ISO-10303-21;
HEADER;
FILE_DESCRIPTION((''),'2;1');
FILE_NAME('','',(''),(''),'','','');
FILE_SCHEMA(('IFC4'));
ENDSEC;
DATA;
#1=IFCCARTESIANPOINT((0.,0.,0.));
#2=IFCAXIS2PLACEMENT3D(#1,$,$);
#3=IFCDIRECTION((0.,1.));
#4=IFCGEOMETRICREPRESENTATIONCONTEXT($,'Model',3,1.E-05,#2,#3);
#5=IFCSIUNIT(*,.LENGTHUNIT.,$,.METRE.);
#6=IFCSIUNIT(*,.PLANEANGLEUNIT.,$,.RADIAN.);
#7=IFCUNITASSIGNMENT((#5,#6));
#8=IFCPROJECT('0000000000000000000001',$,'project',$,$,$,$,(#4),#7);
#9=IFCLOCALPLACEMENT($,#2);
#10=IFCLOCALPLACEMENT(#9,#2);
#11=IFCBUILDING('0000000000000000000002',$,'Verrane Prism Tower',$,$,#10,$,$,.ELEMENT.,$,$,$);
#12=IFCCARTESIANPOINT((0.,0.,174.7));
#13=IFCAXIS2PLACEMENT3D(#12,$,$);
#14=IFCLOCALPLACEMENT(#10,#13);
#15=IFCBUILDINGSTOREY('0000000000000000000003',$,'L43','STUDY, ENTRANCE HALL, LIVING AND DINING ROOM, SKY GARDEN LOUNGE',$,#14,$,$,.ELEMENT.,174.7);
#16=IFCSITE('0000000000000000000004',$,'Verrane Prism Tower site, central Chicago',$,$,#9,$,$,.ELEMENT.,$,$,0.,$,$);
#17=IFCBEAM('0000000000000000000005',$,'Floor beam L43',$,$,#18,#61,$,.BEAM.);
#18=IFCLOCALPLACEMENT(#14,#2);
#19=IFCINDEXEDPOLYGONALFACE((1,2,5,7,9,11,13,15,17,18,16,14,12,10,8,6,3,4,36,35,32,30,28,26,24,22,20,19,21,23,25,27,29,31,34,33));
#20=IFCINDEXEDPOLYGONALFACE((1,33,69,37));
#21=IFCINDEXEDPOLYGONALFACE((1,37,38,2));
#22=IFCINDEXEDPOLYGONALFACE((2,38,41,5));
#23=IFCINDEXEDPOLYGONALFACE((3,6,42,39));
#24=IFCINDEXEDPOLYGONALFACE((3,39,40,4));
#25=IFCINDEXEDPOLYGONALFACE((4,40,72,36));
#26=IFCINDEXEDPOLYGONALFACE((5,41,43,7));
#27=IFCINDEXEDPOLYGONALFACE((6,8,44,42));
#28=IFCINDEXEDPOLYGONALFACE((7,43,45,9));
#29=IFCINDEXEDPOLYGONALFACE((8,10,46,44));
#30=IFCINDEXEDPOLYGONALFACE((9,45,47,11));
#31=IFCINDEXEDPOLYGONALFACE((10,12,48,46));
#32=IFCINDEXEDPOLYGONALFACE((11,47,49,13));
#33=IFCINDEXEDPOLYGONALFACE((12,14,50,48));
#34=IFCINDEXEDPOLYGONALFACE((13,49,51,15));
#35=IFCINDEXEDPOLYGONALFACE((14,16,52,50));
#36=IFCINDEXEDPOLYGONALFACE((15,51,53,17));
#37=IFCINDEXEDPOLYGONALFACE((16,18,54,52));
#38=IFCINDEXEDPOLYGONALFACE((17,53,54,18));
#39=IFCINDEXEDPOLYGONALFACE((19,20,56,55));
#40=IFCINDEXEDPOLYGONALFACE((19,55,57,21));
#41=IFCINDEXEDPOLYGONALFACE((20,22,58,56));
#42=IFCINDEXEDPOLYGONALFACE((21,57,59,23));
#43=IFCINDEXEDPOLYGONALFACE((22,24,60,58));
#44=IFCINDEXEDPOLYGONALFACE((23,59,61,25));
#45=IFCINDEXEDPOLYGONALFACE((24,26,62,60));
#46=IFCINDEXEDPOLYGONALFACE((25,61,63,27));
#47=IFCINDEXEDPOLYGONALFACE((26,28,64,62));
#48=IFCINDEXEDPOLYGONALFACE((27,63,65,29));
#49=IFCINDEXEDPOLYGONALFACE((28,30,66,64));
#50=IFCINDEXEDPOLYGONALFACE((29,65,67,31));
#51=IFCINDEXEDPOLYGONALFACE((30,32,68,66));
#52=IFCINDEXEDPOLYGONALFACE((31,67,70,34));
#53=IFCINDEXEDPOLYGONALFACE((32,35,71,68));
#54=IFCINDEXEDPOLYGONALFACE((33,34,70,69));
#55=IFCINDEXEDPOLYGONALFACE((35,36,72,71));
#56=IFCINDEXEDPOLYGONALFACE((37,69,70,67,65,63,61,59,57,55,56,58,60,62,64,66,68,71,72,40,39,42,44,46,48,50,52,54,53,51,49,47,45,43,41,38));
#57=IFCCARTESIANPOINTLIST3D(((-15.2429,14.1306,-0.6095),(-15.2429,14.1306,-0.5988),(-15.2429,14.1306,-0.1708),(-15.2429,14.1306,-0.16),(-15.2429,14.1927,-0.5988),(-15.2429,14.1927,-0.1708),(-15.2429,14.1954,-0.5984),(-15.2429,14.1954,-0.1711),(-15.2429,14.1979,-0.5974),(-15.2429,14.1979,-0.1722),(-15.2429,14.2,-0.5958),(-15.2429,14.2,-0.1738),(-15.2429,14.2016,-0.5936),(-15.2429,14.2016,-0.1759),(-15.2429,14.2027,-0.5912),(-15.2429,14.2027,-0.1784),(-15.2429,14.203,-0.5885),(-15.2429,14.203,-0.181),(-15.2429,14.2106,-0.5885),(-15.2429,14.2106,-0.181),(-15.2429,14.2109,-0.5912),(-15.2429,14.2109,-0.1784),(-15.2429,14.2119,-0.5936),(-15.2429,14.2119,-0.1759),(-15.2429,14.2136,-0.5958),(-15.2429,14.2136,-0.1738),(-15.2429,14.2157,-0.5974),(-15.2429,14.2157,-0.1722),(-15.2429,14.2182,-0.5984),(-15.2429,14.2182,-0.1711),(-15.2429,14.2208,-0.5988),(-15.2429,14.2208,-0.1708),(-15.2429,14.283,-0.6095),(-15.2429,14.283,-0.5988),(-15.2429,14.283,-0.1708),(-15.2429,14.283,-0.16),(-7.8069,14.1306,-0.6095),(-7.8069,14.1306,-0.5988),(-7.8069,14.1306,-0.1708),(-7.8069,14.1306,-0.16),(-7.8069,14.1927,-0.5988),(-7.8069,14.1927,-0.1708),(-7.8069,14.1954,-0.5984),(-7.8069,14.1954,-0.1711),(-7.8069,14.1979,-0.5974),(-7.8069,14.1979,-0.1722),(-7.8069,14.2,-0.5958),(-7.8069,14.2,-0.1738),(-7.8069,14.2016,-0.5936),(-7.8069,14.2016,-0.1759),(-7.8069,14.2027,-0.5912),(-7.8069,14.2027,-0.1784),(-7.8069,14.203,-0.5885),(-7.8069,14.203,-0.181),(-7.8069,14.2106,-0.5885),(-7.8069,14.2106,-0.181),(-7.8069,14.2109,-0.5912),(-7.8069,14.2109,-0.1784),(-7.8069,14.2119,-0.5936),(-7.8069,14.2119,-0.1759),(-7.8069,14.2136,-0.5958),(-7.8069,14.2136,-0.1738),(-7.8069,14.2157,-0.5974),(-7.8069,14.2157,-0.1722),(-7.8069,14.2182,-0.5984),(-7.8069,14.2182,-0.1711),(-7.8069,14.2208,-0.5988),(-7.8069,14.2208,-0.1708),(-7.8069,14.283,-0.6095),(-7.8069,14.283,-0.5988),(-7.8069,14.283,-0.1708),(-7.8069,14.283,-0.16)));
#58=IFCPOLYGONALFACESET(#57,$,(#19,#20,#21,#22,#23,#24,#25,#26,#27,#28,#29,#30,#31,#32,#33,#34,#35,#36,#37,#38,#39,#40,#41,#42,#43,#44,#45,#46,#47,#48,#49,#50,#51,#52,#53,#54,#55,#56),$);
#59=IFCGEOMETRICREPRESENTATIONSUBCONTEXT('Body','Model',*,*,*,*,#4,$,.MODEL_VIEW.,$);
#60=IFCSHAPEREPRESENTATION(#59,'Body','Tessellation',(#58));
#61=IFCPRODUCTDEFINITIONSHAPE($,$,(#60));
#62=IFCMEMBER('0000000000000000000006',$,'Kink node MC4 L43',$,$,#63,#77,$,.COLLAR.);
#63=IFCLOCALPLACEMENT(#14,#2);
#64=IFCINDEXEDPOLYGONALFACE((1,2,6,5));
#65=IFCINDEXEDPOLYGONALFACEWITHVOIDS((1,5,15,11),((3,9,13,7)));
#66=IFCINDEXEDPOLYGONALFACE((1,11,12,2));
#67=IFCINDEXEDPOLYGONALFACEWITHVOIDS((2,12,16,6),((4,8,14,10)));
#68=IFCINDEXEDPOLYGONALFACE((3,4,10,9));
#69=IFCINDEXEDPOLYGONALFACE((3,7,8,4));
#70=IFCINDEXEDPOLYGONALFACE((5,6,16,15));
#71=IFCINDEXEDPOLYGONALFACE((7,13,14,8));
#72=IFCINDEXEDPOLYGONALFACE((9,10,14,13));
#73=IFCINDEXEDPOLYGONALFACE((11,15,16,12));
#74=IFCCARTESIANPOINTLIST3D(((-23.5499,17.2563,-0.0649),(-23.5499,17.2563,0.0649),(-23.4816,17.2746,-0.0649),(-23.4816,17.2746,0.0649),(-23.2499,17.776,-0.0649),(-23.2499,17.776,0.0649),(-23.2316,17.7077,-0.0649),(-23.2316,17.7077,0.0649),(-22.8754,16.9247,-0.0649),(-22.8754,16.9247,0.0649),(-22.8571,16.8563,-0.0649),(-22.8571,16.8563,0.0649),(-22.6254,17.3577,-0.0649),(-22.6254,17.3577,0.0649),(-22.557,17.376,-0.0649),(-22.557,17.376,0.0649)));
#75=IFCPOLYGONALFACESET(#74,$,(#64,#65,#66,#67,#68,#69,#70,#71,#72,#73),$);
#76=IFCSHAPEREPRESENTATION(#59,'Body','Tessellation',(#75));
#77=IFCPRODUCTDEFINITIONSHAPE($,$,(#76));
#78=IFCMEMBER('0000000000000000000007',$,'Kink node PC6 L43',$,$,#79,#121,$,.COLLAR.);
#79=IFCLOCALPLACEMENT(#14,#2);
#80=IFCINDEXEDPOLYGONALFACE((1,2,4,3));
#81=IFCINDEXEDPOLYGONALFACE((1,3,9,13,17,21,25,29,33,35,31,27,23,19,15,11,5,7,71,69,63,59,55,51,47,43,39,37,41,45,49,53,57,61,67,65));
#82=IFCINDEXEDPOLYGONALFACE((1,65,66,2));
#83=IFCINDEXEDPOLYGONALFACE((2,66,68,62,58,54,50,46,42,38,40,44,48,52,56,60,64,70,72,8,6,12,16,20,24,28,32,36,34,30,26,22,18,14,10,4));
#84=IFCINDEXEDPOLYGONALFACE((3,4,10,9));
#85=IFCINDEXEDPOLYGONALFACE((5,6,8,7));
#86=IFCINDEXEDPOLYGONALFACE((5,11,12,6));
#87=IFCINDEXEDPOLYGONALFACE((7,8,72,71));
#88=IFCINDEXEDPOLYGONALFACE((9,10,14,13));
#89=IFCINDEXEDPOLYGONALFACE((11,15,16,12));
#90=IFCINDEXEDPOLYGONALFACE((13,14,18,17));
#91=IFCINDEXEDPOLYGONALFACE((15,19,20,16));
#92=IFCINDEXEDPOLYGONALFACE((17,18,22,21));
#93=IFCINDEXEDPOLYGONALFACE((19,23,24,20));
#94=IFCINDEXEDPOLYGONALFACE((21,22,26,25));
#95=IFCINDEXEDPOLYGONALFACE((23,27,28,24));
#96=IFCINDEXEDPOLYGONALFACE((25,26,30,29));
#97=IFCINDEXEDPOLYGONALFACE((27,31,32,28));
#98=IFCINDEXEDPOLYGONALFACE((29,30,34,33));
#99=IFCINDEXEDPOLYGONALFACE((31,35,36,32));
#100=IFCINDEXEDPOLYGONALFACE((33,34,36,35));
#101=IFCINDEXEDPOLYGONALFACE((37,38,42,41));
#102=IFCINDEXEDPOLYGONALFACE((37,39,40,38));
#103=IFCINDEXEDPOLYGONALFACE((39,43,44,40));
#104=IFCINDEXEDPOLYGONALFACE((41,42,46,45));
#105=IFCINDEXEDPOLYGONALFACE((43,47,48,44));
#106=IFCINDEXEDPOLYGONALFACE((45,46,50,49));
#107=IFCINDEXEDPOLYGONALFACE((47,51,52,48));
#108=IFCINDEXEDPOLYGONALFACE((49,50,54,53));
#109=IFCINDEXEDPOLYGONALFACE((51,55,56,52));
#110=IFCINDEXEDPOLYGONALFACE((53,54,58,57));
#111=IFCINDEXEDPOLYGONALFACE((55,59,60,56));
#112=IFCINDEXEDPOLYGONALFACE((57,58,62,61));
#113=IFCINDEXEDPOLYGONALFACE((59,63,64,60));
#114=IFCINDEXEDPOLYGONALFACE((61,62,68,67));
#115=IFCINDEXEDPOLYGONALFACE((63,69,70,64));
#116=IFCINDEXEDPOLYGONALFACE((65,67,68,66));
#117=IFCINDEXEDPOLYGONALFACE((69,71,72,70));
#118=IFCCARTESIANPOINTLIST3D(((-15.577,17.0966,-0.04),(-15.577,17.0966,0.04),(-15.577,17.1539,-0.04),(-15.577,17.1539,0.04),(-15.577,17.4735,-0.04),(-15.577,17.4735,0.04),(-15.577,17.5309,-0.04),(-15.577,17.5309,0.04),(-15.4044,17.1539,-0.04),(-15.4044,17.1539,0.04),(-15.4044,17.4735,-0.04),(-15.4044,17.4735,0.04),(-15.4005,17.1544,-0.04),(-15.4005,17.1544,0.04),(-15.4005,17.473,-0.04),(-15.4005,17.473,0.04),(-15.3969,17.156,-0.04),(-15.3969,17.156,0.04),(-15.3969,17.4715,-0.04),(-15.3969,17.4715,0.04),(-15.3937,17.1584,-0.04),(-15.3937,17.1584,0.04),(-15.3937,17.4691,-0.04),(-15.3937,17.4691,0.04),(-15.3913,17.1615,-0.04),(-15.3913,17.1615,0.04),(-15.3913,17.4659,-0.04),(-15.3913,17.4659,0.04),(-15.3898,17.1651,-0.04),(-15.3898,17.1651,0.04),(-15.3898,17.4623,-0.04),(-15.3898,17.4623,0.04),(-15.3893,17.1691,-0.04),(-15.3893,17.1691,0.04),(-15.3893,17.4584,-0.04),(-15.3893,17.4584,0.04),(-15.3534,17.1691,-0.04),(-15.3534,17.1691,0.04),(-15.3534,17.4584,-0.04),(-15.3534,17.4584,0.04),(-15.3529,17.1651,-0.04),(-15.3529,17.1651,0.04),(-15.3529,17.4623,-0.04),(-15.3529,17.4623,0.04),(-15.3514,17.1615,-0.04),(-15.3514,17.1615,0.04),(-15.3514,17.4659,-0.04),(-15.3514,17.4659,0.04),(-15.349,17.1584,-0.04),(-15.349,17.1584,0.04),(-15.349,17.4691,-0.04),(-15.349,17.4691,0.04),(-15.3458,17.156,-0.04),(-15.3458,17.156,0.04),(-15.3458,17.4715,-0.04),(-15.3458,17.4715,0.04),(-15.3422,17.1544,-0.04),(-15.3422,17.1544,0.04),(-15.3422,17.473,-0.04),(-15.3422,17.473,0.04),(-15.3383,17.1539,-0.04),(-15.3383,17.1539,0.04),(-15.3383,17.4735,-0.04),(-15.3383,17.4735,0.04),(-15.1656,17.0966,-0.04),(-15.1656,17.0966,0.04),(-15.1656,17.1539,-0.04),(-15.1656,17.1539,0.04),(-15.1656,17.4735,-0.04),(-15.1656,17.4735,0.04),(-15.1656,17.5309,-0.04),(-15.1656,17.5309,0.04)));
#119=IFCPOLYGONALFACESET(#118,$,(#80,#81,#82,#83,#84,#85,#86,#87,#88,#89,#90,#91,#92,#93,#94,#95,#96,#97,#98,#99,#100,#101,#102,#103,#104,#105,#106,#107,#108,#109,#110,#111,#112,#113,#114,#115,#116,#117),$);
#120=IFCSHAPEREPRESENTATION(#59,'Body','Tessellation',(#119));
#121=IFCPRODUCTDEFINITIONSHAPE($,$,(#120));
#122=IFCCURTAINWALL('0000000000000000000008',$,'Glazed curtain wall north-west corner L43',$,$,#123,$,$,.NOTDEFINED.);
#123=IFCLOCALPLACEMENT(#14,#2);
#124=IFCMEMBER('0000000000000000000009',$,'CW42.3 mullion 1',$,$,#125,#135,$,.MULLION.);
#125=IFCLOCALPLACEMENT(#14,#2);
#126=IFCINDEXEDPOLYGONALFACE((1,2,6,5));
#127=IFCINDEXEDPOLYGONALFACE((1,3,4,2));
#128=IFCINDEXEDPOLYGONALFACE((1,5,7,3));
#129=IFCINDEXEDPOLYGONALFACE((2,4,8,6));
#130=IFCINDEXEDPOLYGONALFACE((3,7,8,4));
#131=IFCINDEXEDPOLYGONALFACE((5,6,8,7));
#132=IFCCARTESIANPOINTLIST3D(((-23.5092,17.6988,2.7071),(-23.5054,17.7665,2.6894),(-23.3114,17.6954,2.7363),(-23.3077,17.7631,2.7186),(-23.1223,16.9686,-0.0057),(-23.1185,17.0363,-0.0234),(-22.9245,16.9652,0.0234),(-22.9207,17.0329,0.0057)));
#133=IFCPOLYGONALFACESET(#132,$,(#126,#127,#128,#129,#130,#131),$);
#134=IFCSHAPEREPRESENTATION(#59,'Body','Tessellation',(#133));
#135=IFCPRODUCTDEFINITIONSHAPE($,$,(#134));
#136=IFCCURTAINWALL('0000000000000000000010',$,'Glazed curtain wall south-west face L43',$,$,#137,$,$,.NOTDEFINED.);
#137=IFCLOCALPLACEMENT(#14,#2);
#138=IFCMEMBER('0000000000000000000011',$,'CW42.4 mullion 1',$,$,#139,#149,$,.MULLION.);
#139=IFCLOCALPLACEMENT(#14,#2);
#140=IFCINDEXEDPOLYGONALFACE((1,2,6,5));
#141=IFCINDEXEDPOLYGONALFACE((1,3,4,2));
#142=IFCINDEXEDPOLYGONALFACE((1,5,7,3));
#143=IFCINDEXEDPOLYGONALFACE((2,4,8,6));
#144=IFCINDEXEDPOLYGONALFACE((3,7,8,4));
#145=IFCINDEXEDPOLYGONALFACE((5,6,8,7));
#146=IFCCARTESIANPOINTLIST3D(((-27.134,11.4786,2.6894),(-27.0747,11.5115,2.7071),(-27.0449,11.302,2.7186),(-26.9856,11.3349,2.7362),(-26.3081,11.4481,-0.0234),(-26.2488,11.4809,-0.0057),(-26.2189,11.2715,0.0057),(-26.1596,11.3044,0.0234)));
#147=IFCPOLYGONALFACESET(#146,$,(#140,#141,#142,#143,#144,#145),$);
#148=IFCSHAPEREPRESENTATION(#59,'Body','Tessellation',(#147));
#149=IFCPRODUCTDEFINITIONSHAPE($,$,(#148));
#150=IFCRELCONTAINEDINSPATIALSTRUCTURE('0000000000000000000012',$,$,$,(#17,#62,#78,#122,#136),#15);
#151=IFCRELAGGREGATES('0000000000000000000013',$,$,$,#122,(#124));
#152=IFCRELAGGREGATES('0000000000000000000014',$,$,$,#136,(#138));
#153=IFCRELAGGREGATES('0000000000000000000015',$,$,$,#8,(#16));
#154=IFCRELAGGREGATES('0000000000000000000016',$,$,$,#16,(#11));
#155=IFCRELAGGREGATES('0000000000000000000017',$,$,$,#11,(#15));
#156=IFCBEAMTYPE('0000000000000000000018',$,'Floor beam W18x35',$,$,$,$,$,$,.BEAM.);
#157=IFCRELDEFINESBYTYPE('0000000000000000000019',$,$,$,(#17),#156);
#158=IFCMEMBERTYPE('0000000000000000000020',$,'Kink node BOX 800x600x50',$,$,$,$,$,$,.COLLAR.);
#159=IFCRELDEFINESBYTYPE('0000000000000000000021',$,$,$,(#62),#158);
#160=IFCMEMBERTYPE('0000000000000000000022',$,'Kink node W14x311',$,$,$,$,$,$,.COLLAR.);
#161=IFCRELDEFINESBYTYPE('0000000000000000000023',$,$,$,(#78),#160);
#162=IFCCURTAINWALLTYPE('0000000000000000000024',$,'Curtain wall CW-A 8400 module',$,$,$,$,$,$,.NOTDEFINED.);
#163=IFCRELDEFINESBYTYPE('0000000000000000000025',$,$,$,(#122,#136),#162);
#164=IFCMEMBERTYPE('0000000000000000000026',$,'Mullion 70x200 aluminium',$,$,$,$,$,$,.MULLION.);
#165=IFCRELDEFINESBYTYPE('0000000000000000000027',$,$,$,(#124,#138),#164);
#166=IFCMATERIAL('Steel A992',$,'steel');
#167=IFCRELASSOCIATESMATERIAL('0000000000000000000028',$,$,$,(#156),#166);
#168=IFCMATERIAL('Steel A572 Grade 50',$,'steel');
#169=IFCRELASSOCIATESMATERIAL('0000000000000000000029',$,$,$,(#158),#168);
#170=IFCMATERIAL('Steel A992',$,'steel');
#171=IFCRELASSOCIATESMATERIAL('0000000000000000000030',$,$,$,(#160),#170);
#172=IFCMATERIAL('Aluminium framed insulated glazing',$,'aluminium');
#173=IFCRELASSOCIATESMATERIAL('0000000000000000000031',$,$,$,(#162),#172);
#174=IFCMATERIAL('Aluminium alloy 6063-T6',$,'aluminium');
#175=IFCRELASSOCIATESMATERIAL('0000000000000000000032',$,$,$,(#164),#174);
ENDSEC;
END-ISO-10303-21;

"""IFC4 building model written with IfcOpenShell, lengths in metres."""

from ifc_helpers import new_model, si_unit, direction, frame, origin, origin_2d, place, context, subcontext, project, spatial, rectangle, hollow_rectangle, i_section, extrude, material, material_profile, profile_set, type_object, element, aggregate, save


model = new_model("IFC4")

# Units and contexts
model_context = context("Model", 3, precision=1e-05, world=origin(), true_north=direction((0.0, 1.0)))
body_context = subcontext(model_context, "Body", "Model", "MODEL_VIEW")
ifc_project = project(units=[si_unit("LENGTHUNIT", "METRE"), si_unit("PLANEANGLEUNIT", "RADIAN")], contexts=[model_context])

# Site, building, storey
site_placement = place(None, origin())
site = spatial("IfcSite", under=ifc_project, at=site_placement, Name="Verrane Prism Tower site, central Chicago", CompositionType="ELEMENT", RefElevation=0.0)
building_placement = place(site_placement, origin())
building = spatial("IfcBuilding", under=site, at=building_placement, Name="Verrane Prism Tower", CompositionType="ELEMENT")
storey_placement = place(building_placement, frame((0.0, 0.0, 174.7)))
storey = spatial("IfcBuildingStorey", under=building, at=storey_placement, Name="L43", Description="STUDY, ENTRANCE HALL, LIVING AND DINING ROOM, SKY GARDEN LOUNGE", CompositionType="ELEMENT", Elevation=174.7)

# Beam
ifc_material_1 = material(Name="Steel A992", Category="steel")
ifc_material_profile_1 = material_profile(ifc_material_1, i_section(OverallWidth=0.1523, OverallDepth=0.4495, WebThickness=0.0076, FlangeThickness=0.0107, FilletRadius=0.0103, at=origin_2d()), Name="W18x35")
ifc_profile_set_1 = profile_set([ifc_material_profile_1], Name="Steel A992")
beam_type_1 = type_object("IfcBeamType", Name="Floor beam W18x35", PredefinedType="BEAM", material=ifc_profile_set_1)
beam_1_placement = place(storey_placement, frame((-15.2429, 14.2068, -0.3848), z_axis=(1.0, 0.0, 0.0), x_axis=(0.0, 1.0, 0.0)))
element("IfcBeam", 1, at=beam_1_placement, inside=storey, type_object=beam_type_1, Name="Floor beam L43", PredefinedType="BEAM", context=body_context, shape_type="SweptSolid", body=[
    extrude(i_section(OverallWidth=0.1523, OverallDepth=0.4495, WebThickness=0.0076, FlangeThickness=0.0107, FilletRadius=0.0103, at=origin_2d()), origin(), (0.0, 0.0, 1.0), 7.436),
])

# Members
ifc_material_2 = material(Name="Steel A572 Grade 50", Category="steel")
ifc_material_profile_2 = material_profile(ifc_material_2, hollow_rectangle(XDim=0.6001, YDim=0.8, WallThickness=0.05, at=origin_2d()), Name="BOX 800x600x50")
ifc_profile_set_2 = profile_set([ifc_material_profile_2], Name="Steel A572 Grade 50")
member_type_1 = type_object("IfcMemberType", Name="Kink node BOX 800x600x50", PredefinedType="COLLAR", material=ifc_profile_set_2)
member_1_placement = place(storey_placement, frame((-23.0535, 17.3162, -0.0649), z_axis=(0.0, 0.0, 1.0), x_axis=(0.5, 0.866025, 0.0)))
element("IfcMember", 2, at=member_1_placement, inside=storey, type_object=member_type_1, Name="Kink node MC4 L43", PredefinedType="COLLAR", context=body_context, shape_type="SweptSolid", body=[
    extrude(hollow_rectangle(XDim=0.6001, YDim=0.8, WallThickness=0.05, at=origin_2d()), origin(), (0.0, 0.0, 1.0), 0.1299),
])
ifc_material_3 = material(Name="Steel A992", Category="steel")
ifc_material_profile_3 = material_profile(ifc_material_3, i_section(OverallWidth=0.4114, OverallDepth=0.4343, WebThickness=0.0359, FlangeThickness=0.0574, FilletRadius=0.0151, at=origin_2d()), Name="W14x311")
ifc_profile_set_3 = profile_set([ifc_material_profile_3], Name="Steel A992")
member_type_2 = type_object("IfcMemberType", Name="Kink node W14x311", PredefinedType="COLLAR", material=ifc_profile_set_3)
member_2_placement = place(storey_placement, frame((-15.3713, 17.3137, -0.04), z_axis=(0.0, 0.0, 1.0), x_axis=(1.0, 0.0, 0.0)))
element("IfcMember", 3, at=member_2_placement, inside=storey, type_object=member_type_2, Name="Kink node PC6 L43", PredefinedType="COLLAR", context=body_context, shape_type="SweptSolid", body=[
    extrude(i_section(OverallWidth=0.4114, OverallDepth=0.4343, WebThickness=0.0359, FlangeThickness=0.0574, FilletRadius=0.0151, at=origin_2d()), origin(), (0.0, 0.0, 1.0), 0.0801),
])

# Curtain walls, members
ifc_material_4 = material(Name="Aluminium framed insulated glazing", Category="aluminium")
curtain_wall_type = type_object("IfcCurtainWallType", Name="Curtain wall CW-A 8400 module", PredefinedType="NOTDEFINED", material=ifc_material_4)
curtain_wall_1_placement = place(storey_placement, origin())
curtain_wall_1 = element("IfcCurtainWall", 4, at=curtain_wall_1_placement, inside=storey, type_object=curtain_wall_type, Name="Glazed curtain wall north-west corner L43", PredefinedType="NOTDEFINED")
ifc_material_5 = material(Name="Aluminium alloy 6063-T6", Category="aluminium")
ifc_material_profile_4 = material_profile(ifc_material_5, rectangle(XDim=0.2, YDim=0.0701, at=origin_2d()), Name="Mullion 70x200 aluminium")
ifc_profile_set_4 = profile_set([ifc_material_profile_4], Name="Aluminium alloy 6063-T6")
member_type_3 = type_object("IfcMemberType", Name="Mullion 70x200 aluminium", PredefinedType="MULLION", material=ifc_profile_set_4)
member_3_placement = place(storey_placement, frame((-23.0215, 17.0007, 0.0), z_axis=(-0.136448, 0.257486, 0.9566), x_axis=(-0.98918, 0.017125, -0.145705)))
member_3 = element("IfcMember", 5, at=member_3_placement, type_object=member_type_3, Name="CW42.3 mullion 1", PredefinedType="MULLION", context=body_context, shape_type="SweptSolid", body=[
    extrude(rectangle(XDim=0.2, YDim=0.0701, at=origin_2d()), origin(), (0.0, 0.0, 1.0), 2.8359),
])
curtain_wall_2_placement = place(storey_placement, origin())
curtain_wall_2 = element("IfcCurtainWall", 6, at=curtain_wall_2_placement, inside=storey, type_object=curtain_wall_type, Name="Glazed curtain wall south-west face L43", PredefinedType="NOTDEFINED")
member_4_placement = place(storey_placement, frame((-26.2339, 11.3762, 0.0), z_axis=(-0.29123, 0.010761, 0.956592), x_axis=(0.445992, -0.883096, 0.145714)))
member_4 = element("IfcMember", 7, at=member_4_placement, type_object=member_type_3, Name="CW42.4 mullion 1", PredefinedType="MULLION", context=body_context, shape_type="SweptSolid", body=[
    extrude(rectangle(XDim=0.2, YDim=0.0701, at=origin_2d()), origin(), (0.0, 0.0, 1.0), 2.8359),
])

aggregate(curtain_wall_1, [member_3])
aggregate(curtain_wall_2, [member_4])

save(model, "model.ifc")
